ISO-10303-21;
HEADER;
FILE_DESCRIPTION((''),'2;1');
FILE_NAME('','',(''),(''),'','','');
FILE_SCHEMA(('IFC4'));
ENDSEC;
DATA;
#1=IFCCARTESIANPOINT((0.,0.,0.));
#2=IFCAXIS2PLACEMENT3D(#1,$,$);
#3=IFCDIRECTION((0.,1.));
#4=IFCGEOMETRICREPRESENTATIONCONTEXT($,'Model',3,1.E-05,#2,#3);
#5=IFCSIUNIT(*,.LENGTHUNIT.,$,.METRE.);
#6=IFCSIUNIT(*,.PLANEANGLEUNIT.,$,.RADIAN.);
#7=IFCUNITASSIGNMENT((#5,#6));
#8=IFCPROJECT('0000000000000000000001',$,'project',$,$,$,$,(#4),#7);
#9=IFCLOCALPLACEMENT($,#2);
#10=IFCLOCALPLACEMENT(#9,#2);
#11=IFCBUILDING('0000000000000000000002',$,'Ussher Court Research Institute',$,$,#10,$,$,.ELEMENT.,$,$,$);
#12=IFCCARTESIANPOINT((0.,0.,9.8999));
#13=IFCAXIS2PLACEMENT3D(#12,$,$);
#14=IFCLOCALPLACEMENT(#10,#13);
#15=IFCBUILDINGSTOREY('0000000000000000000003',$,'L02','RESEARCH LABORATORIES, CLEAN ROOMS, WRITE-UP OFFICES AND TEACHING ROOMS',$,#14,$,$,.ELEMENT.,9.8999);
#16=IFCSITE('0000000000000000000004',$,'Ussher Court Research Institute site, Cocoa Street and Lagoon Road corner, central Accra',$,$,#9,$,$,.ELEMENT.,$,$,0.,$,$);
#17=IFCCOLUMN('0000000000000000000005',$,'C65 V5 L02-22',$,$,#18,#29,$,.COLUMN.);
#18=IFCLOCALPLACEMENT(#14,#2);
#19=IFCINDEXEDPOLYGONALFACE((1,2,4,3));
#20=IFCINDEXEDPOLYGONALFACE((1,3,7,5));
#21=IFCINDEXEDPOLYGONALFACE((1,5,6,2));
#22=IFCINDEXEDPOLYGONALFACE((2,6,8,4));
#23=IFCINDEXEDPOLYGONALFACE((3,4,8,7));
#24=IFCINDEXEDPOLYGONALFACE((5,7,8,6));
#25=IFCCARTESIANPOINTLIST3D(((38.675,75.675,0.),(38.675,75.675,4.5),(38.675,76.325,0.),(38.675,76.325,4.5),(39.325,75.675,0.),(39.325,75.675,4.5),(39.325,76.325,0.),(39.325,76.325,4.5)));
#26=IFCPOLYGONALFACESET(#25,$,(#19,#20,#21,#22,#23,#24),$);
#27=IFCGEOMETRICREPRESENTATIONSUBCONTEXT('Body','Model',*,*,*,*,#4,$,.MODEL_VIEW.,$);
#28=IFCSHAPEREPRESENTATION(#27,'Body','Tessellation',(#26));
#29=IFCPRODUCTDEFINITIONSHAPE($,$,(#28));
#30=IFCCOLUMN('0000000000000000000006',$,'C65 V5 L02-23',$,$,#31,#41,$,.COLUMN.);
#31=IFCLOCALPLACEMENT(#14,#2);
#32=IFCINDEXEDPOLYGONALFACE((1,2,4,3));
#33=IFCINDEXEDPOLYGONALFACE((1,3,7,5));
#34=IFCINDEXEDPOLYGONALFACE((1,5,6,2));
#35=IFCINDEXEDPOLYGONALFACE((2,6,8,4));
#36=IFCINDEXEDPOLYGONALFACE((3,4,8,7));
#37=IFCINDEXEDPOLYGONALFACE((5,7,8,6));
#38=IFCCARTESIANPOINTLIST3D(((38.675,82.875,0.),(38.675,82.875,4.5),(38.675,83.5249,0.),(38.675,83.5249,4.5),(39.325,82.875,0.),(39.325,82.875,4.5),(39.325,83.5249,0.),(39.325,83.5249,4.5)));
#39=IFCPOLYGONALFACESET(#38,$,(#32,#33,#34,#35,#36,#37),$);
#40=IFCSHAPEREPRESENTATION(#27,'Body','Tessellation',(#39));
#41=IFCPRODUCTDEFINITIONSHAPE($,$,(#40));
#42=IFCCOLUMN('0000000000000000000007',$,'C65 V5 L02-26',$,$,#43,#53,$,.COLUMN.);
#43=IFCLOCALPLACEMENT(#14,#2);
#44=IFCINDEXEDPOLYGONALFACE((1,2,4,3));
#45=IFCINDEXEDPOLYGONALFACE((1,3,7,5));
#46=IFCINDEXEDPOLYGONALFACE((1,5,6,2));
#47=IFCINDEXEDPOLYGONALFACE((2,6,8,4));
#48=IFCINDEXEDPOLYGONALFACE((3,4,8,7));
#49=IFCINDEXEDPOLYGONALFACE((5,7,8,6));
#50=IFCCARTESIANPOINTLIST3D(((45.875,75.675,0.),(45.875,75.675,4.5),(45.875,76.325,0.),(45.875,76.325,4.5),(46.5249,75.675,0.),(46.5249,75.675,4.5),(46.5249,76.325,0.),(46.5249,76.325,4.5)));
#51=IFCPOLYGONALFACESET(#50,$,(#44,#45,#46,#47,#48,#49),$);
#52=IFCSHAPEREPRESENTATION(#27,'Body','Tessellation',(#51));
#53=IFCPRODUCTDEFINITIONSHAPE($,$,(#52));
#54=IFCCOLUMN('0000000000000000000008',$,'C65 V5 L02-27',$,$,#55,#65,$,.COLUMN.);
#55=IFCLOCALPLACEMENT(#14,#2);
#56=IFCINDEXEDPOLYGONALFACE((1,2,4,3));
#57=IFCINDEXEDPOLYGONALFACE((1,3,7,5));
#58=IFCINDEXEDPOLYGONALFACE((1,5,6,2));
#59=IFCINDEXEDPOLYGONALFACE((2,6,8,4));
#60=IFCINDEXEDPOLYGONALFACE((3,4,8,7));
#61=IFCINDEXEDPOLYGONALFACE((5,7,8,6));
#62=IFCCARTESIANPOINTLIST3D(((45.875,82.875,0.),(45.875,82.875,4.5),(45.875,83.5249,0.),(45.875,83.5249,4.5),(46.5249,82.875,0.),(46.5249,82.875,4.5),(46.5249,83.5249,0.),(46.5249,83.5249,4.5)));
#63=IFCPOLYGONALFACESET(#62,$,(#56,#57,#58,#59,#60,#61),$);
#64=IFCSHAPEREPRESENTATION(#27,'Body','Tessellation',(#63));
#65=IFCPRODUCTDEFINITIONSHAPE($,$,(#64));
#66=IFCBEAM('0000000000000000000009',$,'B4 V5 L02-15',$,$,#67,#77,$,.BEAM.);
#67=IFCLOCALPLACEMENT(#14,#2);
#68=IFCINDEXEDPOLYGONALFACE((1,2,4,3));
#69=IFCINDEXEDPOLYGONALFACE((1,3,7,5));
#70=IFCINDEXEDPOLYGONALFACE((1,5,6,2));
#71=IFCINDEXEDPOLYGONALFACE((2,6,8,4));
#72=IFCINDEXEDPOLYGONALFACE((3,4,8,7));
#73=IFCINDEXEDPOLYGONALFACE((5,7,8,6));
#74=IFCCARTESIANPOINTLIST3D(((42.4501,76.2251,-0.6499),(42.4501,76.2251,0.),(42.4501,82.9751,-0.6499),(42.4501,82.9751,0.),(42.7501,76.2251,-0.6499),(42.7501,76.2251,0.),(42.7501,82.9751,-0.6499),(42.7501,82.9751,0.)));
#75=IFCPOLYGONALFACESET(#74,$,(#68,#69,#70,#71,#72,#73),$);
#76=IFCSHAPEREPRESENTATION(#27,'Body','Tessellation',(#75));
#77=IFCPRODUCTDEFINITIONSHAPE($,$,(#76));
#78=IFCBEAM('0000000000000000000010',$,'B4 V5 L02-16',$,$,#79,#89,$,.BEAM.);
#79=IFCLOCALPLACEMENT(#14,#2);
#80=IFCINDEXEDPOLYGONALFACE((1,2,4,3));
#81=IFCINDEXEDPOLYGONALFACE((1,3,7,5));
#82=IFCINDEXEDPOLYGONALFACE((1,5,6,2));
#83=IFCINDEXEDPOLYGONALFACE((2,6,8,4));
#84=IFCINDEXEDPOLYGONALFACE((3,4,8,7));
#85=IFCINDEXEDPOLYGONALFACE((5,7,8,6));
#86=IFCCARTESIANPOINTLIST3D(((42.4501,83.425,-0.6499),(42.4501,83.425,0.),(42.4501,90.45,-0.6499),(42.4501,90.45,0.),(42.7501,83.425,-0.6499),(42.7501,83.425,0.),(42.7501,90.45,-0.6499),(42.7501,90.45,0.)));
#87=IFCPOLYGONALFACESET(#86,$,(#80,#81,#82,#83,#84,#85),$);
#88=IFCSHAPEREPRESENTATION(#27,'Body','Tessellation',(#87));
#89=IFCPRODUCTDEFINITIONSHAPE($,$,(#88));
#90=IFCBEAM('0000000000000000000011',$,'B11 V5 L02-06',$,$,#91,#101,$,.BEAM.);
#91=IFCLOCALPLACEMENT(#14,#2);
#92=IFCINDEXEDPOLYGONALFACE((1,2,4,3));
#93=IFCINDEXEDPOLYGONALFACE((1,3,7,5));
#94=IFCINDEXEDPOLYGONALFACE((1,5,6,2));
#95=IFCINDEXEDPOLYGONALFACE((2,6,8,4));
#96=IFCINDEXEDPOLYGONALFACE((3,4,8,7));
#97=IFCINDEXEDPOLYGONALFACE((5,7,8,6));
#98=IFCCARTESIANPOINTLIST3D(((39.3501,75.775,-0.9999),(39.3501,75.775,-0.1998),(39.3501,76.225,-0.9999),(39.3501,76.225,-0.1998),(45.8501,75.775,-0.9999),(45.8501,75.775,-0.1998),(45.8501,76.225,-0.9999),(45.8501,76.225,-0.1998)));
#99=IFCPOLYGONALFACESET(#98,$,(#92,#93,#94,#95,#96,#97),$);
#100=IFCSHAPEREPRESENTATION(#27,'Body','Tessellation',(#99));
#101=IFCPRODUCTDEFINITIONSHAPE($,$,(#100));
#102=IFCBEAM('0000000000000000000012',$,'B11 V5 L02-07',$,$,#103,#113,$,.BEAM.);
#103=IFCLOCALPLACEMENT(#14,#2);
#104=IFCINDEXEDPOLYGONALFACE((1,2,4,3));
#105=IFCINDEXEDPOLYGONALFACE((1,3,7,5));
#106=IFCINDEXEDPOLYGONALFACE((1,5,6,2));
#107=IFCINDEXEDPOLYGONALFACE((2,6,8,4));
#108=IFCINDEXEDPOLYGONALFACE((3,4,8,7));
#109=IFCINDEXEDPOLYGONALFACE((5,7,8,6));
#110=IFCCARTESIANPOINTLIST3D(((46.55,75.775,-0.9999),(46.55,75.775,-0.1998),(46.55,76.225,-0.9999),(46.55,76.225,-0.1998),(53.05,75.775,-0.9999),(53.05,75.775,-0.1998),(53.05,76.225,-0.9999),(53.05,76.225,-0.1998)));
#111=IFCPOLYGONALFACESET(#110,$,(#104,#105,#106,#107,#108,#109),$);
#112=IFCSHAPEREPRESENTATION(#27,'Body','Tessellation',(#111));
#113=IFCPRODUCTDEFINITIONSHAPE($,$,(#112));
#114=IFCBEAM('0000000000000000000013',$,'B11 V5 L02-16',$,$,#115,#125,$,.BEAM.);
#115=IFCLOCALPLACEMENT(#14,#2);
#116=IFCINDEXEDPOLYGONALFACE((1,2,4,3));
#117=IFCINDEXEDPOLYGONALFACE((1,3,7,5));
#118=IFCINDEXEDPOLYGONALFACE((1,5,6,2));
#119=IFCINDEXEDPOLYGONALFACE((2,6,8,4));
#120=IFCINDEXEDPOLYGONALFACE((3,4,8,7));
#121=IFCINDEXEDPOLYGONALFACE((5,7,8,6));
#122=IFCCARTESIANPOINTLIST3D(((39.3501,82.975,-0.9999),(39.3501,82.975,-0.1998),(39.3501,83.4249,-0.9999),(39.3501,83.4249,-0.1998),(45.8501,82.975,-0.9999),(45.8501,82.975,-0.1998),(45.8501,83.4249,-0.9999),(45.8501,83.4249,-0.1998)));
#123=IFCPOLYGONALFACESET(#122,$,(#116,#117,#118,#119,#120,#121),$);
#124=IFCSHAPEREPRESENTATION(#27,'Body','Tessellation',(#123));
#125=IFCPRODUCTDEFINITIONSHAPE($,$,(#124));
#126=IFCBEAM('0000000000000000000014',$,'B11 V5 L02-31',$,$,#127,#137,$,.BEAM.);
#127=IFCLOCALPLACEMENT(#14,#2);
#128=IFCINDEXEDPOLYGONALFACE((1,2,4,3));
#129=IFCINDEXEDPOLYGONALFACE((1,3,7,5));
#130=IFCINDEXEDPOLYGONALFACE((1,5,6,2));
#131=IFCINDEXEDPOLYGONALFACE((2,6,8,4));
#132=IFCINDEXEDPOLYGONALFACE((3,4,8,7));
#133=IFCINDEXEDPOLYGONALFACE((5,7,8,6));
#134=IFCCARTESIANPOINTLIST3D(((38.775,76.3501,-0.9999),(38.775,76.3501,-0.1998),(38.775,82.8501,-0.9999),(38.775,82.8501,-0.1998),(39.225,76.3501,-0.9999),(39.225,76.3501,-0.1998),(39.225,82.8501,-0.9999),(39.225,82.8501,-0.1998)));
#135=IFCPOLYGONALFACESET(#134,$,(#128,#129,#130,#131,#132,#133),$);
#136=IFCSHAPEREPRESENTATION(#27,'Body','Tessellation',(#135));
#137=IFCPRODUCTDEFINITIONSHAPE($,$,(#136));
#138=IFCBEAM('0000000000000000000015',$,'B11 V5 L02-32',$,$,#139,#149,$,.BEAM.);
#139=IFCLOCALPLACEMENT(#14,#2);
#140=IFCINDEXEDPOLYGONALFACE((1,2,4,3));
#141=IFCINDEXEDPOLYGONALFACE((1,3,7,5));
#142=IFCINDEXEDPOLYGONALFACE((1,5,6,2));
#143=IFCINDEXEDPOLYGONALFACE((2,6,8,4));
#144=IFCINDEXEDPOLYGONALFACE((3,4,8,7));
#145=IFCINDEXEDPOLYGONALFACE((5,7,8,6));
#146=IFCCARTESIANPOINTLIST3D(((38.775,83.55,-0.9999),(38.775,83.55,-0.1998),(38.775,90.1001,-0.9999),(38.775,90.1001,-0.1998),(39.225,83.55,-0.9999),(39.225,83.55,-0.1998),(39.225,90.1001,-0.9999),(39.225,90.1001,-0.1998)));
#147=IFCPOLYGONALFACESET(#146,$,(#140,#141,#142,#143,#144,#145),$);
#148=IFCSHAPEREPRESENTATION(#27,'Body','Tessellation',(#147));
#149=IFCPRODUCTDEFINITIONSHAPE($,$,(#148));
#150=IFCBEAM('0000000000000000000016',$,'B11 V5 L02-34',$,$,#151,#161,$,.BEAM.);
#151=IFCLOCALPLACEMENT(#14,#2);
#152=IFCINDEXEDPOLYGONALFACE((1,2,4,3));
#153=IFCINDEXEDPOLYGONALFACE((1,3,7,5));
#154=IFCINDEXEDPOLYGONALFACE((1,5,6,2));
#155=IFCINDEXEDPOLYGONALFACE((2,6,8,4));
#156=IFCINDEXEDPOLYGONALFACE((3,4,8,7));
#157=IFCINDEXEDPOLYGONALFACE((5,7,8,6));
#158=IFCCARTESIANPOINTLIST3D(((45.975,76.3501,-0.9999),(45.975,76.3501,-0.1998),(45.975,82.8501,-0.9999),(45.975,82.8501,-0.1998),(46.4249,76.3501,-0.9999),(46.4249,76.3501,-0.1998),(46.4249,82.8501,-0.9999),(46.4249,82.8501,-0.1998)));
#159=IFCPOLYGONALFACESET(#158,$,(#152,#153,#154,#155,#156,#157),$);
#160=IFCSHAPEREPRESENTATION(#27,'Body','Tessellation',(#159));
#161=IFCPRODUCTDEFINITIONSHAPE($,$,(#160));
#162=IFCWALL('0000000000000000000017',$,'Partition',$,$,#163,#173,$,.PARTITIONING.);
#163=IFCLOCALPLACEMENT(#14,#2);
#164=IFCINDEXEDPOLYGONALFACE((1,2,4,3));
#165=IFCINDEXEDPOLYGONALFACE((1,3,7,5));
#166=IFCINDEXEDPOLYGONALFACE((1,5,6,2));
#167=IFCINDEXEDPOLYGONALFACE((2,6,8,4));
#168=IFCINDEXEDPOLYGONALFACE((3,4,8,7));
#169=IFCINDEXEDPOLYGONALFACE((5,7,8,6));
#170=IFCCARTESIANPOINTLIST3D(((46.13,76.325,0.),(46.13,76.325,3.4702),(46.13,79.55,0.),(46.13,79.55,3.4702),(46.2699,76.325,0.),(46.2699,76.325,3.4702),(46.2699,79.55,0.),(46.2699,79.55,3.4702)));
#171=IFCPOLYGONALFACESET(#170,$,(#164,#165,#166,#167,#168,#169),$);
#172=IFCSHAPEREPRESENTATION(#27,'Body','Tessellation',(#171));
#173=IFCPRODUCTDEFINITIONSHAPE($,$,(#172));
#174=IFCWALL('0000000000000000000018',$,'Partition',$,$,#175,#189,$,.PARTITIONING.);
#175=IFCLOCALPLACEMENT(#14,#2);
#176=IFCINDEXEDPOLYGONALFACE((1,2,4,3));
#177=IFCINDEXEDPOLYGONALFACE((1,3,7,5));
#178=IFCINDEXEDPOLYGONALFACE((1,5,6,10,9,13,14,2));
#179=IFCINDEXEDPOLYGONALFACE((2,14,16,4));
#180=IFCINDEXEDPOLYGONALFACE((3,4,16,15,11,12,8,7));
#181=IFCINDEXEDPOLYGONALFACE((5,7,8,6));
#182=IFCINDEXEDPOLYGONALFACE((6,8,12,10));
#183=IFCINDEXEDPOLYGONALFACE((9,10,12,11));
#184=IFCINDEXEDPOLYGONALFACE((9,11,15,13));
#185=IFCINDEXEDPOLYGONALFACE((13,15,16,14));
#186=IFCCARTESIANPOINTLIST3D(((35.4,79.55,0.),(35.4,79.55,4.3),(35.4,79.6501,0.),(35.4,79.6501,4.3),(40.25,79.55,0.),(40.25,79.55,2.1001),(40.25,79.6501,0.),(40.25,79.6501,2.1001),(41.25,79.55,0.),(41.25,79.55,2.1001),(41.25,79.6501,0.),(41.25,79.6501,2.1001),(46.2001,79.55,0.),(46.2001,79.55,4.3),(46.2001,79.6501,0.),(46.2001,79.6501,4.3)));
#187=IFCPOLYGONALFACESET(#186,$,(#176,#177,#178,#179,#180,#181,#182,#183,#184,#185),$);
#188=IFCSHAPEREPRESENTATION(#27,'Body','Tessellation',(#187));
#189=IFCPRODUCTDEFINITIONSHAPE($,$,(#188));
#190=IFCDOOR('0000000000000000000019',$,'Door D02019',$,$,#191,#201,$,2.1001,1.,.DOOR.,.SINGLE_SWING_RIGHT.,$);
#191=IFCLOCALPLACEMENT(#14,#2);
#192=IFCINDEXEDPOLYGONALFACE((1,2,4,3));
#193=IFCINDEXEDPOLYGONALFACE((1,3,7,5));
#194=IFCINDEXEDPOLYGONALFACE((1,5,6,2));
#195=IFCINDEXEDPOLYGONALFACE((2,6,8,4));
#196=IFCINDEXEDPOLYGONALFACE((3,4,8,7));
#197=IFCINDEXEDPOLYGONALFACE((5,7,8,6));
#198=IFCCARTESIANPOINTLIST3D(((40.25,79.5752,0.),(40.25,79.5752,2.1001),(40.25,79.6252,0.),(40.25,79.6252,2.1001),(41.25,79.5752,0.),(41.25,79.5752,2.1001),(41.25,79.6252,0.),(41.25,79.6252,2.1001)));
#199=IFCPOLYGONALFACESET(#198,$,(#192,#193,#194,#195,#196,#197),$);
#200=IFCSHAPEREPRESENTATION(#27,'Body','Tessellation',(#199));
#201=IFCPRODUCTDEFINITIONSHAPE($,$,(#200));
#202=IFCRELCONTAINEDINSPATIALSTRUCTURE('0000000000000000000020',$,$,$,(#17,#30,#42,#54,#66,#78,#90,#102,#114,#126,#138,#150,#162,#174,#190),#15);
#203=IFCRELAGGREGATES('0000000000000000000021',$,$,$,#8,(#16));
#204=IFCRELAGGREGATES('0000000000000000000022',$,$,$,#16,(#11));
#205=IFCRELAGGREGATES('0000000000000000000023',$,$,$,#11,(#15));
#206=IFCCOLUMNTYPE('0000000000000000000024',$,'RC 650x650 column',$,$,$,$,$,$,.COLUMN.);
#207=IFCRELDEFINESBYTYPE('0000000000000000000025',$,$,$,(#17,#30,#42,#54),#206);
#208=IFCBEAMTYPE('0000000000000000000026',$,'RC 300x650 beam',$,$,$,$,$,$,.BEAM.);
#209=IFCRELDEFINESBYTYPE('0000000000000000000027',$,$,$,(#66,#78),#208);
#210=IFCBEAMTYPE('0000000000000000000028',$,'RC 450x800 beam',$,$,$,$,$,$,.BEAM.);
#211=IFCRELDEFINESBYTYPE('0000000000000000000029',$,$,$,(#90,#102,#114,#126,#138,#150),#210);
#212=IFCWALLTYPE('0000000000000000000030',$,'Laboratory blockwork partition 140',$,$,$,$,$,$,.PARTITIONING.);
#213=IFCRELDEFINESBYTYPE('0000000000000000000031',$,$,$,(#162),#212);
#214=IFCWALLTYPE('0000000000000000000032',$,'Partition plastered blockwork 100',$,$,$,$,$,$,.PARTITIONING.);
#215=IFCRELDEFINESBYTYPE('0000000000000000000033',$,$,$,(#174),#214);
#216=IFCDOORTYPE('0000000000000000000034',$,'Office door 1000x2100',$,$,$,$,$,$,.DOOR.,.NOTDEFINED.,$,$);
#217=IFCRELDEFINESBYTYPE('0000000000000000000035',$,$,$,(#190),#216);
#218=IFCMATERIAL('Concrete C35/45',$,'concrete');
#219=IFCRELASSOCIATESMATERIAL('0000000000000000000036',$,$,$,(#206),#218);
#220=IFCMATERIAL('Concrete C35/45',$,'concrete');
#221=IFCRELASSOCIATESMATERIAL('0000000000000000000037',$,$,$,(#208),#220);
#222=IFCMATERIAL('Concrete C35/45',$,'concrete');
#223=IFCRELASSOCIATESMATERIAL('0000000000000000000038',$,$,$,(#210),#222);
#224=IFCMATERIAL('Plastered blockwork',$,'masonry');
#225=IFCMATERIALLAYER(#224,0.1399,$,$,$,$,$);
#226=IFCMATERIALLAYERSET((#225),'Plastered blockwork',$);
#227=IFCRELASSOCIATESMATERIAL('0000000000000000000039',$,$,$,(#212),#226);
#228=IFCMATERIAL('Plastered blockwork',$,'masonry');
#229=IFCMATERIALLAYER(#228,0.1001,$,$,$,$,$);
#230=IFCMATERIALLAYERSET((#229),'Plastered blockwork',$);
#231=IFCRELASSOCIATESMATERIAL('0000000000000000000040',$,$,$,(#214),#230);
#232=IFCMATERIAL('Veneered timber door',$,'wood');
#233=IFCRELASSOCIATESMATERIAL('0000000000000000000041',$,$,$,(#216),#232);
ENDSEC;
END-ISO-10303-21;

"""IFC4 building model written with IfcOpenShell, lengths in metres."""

from ifc_helpers import new_model, si_unit, direction, frame, frame_2d, origin, origin_2d, place, context, subcontext, project, spatial, rectangle, extrude, material, layer, layer_set, material_profile, profile_set, type_object, element, fill, save


model = new_model("IFC4")

# Units and contexts
model_context = context("Model", 3, precision=1e-05, world=origin(), true_north=direction((0.0, 1.0)))
body_context = subcontext(model_context, "Body", "Model", "MODEL_VIEW")
ifc_project = project(units=[si_unit("LENGTHUNIT", "METRE"), si_unit("PLANEANGLEUNIT", "RADIAN")], contexts=[model_context])

# Site, building, storey
site_placement = place(None, origin())
site = spatial("IfcSite", under=ifc_project, at=site_placement, Name="Ussher Court Research Institute site, Cocoa Street and Lagoon Road corner, central Accra", CompositionType="ELEMENT", RefElevation=0.0)
building_placement = place(site_placement, origin())
building = spatial("IfcBuilding", under=site, at=building_placement, Name="Ussher Court Research Institute", CompositionType="ELEMENT")
storey_placement = place(building_placement, frame((0.0, 0.0, 9.8999)))
storey = spatial("IfcBuildingStorey", under=building, at=storey_placement, Name="L02", Description="RESEARCH LABORATORIES, CLEAN ROOMS, WRITE-UP OFFICES AND TEACHING ROOMS", CompositionType="ELEMENT", Elevation=9.8999)

# Columns
ifc_material_1 = material(Name="Concrete C35/45", Category="concrete")
ifc_material_profile_1 = material_profile(ifc_material_1, rectangle(XDim=0.6499, YDim=0.6499, at=origin_2d()), Name="RC 650x650")
ifc_profile_set_1 = profile_set([ifc_material_profile_1], Name="Concrete C35/45")
column_type = type_object("IfcColumnType", Name="RC 650x650 column", PredefinedType="COLUMN", material=ifc_profile_set_1)
for number, where, z_axis, x_axis, name in (
    (1, (39.0, 76.0, 0.0), (0.0, 0.0, 1.0), (1.0, 0.0, 0.0), "C65 V5 L02-22"),
    (2, (39.0, 83.2, 0.0), (0.0, 0.0, 1.0), (1.0, 0.0, 0.0), "C65 V5 L02-23"),
    (3, (46.2, 76.0, 0.0), (0.0, 0.0, 1.0), (1.0, 0.0, 0.0), "C65 V5 L02-26"),
    (4, (46.2, 83.2, 0.0), (0.0, 0.0, 1.0), (1.0, 0.0, 0.0), "C65 V5 L02-27"),
):
    element("IfcColumn", number, at=place(storey_placement, frame(where, z_axis=z_axis, x_axis=x_axis)), inside=storey, type_object=column_type, Name=name, PredefinedType="COLUMN", context=body_context, shape_type="SweptSolid", body=[
        extrude(rectangle(XDim=0.6499, YDim=0.6499, at=origin_2d()), origin(), (0.0, 0.0, 1.0), 4.5),
    ])

# Beams
ifc_material_2 = material(Name="Concrete C35/45", Category="concrete")
ifc_material_profile_2 = material_profile(ifc_material_2, rectangle(XDim=0.3, YDim=0.6499, at=origin_2d()), Name="RC 300x650")
ifc_profile_set_2 = profile_set([ifc_material_profile_2], Name="Concrete C35/45")
beam_type_1 = type_object("IfcBeamType", Name="RC 300x650 beam", PredefinedType="BEAM", material=ifc_profile_set_2)
beam_1_placement = place(storey_placement, frame((42.6001, 76.2251, -0.325), z_axis=(0.0, 1.0, 0.0), x_axis=(-1.0, 0.0, 0.0)))
element("IfcBeam", 5, at=beam_1_placement, inside=storey, type_object=beam_type_1, Name="B4 V5 L02-15", PredefinedType="BEAM", context=body_context, shape_type="SweptSolid", body=[
    extrude(rectangle(XDim=0.3, YDim=0.6499, at=origin_2d()), origin(), (0.0, 0.0, 1.0), 6.75),
])
beam_2_placement = place(storey_placement, frame((42.6001, 83.425, -0.325), z_axis=(0.0, 1.0, 0.0), x_axis=(-1.0, 0.0, 0.0)))
element("IfcBeam", 6, at=beam_2_placement, inside=storey, type_object=beam_type_1, Name="B4 V5 L02-16", PredefinedType="BEAM", context=body_context, shape_type="SweptSolid", body=[
    extrude(rectangle(XDim=0.3, YDim=0.6499, at=origin_2d()), origin(), (0.0, 0.0, 1.0), 7.0249),
])
ifc_material_3 = material(Name="Concrete C35/45", Category="concrete")
ifc_material_profile_3 = material_profile(ifc_material_3, rectangle(XDim=0.45, YDim=0.8, at=origin_2d()), Name="RC 450x800")
ifc_profile_set_3 = profile_set([ifc_material_profile_3], Name="Concrete C35/45")
beam_type_2 = type_object("IfcBeamType", Name="RC 450x800 beam", PredefinedType="BEAM", material=ifc_profile_set_3)
for number, where, z_axis, x_axis, name in (
    (7, (39.3501, 76.0, -0.5999), (1.0, 0.0, 0.0), (0.0, 1.0, 0.0), "B11 V5 L02-06"),
    (8, (46.55, 76.0, -0.5999), (1.0, 0.0, 0.0), (0.0, 1.0, 0.0), "B11 V5 L02-07"),
    (9, (39.3501, 83.2, -0.5999), (1.0, 0.0, 0.0), (0.0, 1.0, 0.0), "B11 V5 L02-16"),
    (10, (39.0, 76.3501, -0.5999), (0.0, 1.0, 0.0), (-1.0, 0.0, 0.0), "B11 V5 L02-31"),
):
    element("IfcBeam", number, at=place(storey_placement, frame(where, z_axis=z_axis, x_axis=x_axis)), inside=storey, type_object=beam_type_2, Name=name, PredefinedType="BEAM", context=body_context, shape_type="SweptSolid", body=[
        extrude(rectangle(XDim=0.45, YDim=0.8, at=origin_2d()), origin(), (0.0, 0.0, 1.0), 6.5),
    ])
beam_3_placement = place(storey_placement, frame((39.0, 83.55, -0.5999), z_axis=(0.0, 1.0, 0.0), x_axis=(-1.0, 0.0, 0.0)))
element("IfcBeam", 11, at=beam_3_placement, inside=storey, type_object=beam_type_2, Name="B11 V5 L02-32", PredefinedType="BEAM", context=body_context, shape_type="SweptSolid", body=[
    extrude(rectangle(XDim=0.45, YDim=0.8, at=origin_2d()), origin(), (0.0, 0.0, 1.0), 6.55),
])
beam_4_placement = place(storey_placement, frame((46.2, 76.3501, -0.5999), z_axis=(0.0, 1.0, 0.0), x_axis=(-1.0, 0.0, 0.0)))
element("IfcBeam", 12, at=beam_4_placement, inside=storey, type_object=beam_type_2, Name="B11 V5 L02-34", PredefinedType="BEAM", context=body_context, shape_type="SweptSolid", body=[
    extrude(rectangle(XDim=0.45, YDim=0.8, at=origin_2d()), origin(), (0.0, 0.0, 1.0), 6.5),
])

# Wall
ifc_material_4 = material(Name="Plastered blockwork", Category="masonry")
ifc_layer_1 = layer(ifc_material_4, 0.1399)
ifc_layer_set_1 = layer_set([ifc_layer_1], Name="Plastered blockwork")
wall_type_1 = type_object("IfcWallType", Name="Laboratory blockwork partition 140", PredefinedType="PARTITIONING", material=ifc_layer_set_1)
wall_1_placement = place(storey_placement, frame((46.2, 76.325, 0.0), z_axis=(0.0, 0.0, 1.0), x_axis=(0.0, 1.0, 0.0)))
element("IfcWall", 13, at=wall_1_placement, inside=storey, type_object=wall_type_1, Name="Partition", PredefinedType="PARTITIONING", context=body_context, shape_type="SweptSolid", body=[
    extrude(rectangle(XDim=3.2251, YDim=0.1399, at=frame_2d((1.6125, 0.0))), origin(), (0.0, 0.0, 1.0), 3.4702),
])

# Wall, opening, door
ifc_material_5 = material(Name="Plastered blockwork", Category="masonry")
ifc_layer_2 = layer(ifc_material_5, 0.1001)
ifc_layer_set_2 = layer_set([ifc_layer_2], Name="Plastered blockwork")
wall_type_2 = type_object("IfcWallType", Name="Partition plastered blockwork 100", PredefinedType="PARTITIONING", material=ifc_layer_set_2)
wall_2_placement = place(storey_placement, frame((46.2, 79.6001, 0.0), z_axis=(0.0, 0.0, 1.0), x_axis=(-1.0, 0.0, 0.0)))
wall_2 = element("IfcWall", 14, at=wall_2_placement, inside=storey, type_object=wall_type_2, Name="Partition", PredefinedType="PARTITIONING", context=body_context, shape_type="SweptSolid", body=[
    extrude(rectangle(XDim=10.8, YDim=0.1001, at=frame_2d((5.3999, 0.0))), origin(), (0.0, 0.0, 1.0), 4.3),
])
opening_1_placement = place(wall_2_placement, frame((4.95, 0.0, 0.0)))
opening_1 = element("IfcOpeningElement", 15, at=opening_1_placement, cuts=wall_2, PredefinedType="OPENING", context=body_context, shape_type="SweptSolid", body=[
    extrude(rectangle(XDim=1.0, YDim=2.1001, at=frame_2d((0.5, 1.05))), frame((0.0, 0.0601, 0.0), z_axis=(0.0, -1.0, 0.0), x_axis=(1.0, 0.0, 0.0)), (0.0, 0.0, 1.0), 0.1201),
])
ifc_material_6 = material(Name="Veneered timber door", Category="wood")
door_type_1 = type_object("IfcDoorType", Name="Office door 1000x2100", OperationType="NOTDEFINED", PredefinedType="DOOR", material=ifc_material_6)
door_1_placement = place(opening_1_placement, origin())
door_1 = element("IfcDoor", 16, at=door_1_placement, inside=storey, type_object=door_type_1, Name="Door D02019", OperationType="SINGLE_SWING_RIGHT", OverallHeight=2.1001, OverallWidth=1.0, PredefinedType="DOOR", context=body_context, shape_type="SweptSolid", body=[
    extrude(rectangle(XDim=1.0, YDim=2.1001, at=frame_2d((0.5, 1.05))), frame((0.0, 0.0249, 0.0), z_axis=(0.0, -1.0, 0.0), x_axis=(1.0, 0.0, 0.0)), (0.0, 0.0, 1.0), 0.05),
])
fill(opening_1, door_1)

save(model, "model.ifc")
